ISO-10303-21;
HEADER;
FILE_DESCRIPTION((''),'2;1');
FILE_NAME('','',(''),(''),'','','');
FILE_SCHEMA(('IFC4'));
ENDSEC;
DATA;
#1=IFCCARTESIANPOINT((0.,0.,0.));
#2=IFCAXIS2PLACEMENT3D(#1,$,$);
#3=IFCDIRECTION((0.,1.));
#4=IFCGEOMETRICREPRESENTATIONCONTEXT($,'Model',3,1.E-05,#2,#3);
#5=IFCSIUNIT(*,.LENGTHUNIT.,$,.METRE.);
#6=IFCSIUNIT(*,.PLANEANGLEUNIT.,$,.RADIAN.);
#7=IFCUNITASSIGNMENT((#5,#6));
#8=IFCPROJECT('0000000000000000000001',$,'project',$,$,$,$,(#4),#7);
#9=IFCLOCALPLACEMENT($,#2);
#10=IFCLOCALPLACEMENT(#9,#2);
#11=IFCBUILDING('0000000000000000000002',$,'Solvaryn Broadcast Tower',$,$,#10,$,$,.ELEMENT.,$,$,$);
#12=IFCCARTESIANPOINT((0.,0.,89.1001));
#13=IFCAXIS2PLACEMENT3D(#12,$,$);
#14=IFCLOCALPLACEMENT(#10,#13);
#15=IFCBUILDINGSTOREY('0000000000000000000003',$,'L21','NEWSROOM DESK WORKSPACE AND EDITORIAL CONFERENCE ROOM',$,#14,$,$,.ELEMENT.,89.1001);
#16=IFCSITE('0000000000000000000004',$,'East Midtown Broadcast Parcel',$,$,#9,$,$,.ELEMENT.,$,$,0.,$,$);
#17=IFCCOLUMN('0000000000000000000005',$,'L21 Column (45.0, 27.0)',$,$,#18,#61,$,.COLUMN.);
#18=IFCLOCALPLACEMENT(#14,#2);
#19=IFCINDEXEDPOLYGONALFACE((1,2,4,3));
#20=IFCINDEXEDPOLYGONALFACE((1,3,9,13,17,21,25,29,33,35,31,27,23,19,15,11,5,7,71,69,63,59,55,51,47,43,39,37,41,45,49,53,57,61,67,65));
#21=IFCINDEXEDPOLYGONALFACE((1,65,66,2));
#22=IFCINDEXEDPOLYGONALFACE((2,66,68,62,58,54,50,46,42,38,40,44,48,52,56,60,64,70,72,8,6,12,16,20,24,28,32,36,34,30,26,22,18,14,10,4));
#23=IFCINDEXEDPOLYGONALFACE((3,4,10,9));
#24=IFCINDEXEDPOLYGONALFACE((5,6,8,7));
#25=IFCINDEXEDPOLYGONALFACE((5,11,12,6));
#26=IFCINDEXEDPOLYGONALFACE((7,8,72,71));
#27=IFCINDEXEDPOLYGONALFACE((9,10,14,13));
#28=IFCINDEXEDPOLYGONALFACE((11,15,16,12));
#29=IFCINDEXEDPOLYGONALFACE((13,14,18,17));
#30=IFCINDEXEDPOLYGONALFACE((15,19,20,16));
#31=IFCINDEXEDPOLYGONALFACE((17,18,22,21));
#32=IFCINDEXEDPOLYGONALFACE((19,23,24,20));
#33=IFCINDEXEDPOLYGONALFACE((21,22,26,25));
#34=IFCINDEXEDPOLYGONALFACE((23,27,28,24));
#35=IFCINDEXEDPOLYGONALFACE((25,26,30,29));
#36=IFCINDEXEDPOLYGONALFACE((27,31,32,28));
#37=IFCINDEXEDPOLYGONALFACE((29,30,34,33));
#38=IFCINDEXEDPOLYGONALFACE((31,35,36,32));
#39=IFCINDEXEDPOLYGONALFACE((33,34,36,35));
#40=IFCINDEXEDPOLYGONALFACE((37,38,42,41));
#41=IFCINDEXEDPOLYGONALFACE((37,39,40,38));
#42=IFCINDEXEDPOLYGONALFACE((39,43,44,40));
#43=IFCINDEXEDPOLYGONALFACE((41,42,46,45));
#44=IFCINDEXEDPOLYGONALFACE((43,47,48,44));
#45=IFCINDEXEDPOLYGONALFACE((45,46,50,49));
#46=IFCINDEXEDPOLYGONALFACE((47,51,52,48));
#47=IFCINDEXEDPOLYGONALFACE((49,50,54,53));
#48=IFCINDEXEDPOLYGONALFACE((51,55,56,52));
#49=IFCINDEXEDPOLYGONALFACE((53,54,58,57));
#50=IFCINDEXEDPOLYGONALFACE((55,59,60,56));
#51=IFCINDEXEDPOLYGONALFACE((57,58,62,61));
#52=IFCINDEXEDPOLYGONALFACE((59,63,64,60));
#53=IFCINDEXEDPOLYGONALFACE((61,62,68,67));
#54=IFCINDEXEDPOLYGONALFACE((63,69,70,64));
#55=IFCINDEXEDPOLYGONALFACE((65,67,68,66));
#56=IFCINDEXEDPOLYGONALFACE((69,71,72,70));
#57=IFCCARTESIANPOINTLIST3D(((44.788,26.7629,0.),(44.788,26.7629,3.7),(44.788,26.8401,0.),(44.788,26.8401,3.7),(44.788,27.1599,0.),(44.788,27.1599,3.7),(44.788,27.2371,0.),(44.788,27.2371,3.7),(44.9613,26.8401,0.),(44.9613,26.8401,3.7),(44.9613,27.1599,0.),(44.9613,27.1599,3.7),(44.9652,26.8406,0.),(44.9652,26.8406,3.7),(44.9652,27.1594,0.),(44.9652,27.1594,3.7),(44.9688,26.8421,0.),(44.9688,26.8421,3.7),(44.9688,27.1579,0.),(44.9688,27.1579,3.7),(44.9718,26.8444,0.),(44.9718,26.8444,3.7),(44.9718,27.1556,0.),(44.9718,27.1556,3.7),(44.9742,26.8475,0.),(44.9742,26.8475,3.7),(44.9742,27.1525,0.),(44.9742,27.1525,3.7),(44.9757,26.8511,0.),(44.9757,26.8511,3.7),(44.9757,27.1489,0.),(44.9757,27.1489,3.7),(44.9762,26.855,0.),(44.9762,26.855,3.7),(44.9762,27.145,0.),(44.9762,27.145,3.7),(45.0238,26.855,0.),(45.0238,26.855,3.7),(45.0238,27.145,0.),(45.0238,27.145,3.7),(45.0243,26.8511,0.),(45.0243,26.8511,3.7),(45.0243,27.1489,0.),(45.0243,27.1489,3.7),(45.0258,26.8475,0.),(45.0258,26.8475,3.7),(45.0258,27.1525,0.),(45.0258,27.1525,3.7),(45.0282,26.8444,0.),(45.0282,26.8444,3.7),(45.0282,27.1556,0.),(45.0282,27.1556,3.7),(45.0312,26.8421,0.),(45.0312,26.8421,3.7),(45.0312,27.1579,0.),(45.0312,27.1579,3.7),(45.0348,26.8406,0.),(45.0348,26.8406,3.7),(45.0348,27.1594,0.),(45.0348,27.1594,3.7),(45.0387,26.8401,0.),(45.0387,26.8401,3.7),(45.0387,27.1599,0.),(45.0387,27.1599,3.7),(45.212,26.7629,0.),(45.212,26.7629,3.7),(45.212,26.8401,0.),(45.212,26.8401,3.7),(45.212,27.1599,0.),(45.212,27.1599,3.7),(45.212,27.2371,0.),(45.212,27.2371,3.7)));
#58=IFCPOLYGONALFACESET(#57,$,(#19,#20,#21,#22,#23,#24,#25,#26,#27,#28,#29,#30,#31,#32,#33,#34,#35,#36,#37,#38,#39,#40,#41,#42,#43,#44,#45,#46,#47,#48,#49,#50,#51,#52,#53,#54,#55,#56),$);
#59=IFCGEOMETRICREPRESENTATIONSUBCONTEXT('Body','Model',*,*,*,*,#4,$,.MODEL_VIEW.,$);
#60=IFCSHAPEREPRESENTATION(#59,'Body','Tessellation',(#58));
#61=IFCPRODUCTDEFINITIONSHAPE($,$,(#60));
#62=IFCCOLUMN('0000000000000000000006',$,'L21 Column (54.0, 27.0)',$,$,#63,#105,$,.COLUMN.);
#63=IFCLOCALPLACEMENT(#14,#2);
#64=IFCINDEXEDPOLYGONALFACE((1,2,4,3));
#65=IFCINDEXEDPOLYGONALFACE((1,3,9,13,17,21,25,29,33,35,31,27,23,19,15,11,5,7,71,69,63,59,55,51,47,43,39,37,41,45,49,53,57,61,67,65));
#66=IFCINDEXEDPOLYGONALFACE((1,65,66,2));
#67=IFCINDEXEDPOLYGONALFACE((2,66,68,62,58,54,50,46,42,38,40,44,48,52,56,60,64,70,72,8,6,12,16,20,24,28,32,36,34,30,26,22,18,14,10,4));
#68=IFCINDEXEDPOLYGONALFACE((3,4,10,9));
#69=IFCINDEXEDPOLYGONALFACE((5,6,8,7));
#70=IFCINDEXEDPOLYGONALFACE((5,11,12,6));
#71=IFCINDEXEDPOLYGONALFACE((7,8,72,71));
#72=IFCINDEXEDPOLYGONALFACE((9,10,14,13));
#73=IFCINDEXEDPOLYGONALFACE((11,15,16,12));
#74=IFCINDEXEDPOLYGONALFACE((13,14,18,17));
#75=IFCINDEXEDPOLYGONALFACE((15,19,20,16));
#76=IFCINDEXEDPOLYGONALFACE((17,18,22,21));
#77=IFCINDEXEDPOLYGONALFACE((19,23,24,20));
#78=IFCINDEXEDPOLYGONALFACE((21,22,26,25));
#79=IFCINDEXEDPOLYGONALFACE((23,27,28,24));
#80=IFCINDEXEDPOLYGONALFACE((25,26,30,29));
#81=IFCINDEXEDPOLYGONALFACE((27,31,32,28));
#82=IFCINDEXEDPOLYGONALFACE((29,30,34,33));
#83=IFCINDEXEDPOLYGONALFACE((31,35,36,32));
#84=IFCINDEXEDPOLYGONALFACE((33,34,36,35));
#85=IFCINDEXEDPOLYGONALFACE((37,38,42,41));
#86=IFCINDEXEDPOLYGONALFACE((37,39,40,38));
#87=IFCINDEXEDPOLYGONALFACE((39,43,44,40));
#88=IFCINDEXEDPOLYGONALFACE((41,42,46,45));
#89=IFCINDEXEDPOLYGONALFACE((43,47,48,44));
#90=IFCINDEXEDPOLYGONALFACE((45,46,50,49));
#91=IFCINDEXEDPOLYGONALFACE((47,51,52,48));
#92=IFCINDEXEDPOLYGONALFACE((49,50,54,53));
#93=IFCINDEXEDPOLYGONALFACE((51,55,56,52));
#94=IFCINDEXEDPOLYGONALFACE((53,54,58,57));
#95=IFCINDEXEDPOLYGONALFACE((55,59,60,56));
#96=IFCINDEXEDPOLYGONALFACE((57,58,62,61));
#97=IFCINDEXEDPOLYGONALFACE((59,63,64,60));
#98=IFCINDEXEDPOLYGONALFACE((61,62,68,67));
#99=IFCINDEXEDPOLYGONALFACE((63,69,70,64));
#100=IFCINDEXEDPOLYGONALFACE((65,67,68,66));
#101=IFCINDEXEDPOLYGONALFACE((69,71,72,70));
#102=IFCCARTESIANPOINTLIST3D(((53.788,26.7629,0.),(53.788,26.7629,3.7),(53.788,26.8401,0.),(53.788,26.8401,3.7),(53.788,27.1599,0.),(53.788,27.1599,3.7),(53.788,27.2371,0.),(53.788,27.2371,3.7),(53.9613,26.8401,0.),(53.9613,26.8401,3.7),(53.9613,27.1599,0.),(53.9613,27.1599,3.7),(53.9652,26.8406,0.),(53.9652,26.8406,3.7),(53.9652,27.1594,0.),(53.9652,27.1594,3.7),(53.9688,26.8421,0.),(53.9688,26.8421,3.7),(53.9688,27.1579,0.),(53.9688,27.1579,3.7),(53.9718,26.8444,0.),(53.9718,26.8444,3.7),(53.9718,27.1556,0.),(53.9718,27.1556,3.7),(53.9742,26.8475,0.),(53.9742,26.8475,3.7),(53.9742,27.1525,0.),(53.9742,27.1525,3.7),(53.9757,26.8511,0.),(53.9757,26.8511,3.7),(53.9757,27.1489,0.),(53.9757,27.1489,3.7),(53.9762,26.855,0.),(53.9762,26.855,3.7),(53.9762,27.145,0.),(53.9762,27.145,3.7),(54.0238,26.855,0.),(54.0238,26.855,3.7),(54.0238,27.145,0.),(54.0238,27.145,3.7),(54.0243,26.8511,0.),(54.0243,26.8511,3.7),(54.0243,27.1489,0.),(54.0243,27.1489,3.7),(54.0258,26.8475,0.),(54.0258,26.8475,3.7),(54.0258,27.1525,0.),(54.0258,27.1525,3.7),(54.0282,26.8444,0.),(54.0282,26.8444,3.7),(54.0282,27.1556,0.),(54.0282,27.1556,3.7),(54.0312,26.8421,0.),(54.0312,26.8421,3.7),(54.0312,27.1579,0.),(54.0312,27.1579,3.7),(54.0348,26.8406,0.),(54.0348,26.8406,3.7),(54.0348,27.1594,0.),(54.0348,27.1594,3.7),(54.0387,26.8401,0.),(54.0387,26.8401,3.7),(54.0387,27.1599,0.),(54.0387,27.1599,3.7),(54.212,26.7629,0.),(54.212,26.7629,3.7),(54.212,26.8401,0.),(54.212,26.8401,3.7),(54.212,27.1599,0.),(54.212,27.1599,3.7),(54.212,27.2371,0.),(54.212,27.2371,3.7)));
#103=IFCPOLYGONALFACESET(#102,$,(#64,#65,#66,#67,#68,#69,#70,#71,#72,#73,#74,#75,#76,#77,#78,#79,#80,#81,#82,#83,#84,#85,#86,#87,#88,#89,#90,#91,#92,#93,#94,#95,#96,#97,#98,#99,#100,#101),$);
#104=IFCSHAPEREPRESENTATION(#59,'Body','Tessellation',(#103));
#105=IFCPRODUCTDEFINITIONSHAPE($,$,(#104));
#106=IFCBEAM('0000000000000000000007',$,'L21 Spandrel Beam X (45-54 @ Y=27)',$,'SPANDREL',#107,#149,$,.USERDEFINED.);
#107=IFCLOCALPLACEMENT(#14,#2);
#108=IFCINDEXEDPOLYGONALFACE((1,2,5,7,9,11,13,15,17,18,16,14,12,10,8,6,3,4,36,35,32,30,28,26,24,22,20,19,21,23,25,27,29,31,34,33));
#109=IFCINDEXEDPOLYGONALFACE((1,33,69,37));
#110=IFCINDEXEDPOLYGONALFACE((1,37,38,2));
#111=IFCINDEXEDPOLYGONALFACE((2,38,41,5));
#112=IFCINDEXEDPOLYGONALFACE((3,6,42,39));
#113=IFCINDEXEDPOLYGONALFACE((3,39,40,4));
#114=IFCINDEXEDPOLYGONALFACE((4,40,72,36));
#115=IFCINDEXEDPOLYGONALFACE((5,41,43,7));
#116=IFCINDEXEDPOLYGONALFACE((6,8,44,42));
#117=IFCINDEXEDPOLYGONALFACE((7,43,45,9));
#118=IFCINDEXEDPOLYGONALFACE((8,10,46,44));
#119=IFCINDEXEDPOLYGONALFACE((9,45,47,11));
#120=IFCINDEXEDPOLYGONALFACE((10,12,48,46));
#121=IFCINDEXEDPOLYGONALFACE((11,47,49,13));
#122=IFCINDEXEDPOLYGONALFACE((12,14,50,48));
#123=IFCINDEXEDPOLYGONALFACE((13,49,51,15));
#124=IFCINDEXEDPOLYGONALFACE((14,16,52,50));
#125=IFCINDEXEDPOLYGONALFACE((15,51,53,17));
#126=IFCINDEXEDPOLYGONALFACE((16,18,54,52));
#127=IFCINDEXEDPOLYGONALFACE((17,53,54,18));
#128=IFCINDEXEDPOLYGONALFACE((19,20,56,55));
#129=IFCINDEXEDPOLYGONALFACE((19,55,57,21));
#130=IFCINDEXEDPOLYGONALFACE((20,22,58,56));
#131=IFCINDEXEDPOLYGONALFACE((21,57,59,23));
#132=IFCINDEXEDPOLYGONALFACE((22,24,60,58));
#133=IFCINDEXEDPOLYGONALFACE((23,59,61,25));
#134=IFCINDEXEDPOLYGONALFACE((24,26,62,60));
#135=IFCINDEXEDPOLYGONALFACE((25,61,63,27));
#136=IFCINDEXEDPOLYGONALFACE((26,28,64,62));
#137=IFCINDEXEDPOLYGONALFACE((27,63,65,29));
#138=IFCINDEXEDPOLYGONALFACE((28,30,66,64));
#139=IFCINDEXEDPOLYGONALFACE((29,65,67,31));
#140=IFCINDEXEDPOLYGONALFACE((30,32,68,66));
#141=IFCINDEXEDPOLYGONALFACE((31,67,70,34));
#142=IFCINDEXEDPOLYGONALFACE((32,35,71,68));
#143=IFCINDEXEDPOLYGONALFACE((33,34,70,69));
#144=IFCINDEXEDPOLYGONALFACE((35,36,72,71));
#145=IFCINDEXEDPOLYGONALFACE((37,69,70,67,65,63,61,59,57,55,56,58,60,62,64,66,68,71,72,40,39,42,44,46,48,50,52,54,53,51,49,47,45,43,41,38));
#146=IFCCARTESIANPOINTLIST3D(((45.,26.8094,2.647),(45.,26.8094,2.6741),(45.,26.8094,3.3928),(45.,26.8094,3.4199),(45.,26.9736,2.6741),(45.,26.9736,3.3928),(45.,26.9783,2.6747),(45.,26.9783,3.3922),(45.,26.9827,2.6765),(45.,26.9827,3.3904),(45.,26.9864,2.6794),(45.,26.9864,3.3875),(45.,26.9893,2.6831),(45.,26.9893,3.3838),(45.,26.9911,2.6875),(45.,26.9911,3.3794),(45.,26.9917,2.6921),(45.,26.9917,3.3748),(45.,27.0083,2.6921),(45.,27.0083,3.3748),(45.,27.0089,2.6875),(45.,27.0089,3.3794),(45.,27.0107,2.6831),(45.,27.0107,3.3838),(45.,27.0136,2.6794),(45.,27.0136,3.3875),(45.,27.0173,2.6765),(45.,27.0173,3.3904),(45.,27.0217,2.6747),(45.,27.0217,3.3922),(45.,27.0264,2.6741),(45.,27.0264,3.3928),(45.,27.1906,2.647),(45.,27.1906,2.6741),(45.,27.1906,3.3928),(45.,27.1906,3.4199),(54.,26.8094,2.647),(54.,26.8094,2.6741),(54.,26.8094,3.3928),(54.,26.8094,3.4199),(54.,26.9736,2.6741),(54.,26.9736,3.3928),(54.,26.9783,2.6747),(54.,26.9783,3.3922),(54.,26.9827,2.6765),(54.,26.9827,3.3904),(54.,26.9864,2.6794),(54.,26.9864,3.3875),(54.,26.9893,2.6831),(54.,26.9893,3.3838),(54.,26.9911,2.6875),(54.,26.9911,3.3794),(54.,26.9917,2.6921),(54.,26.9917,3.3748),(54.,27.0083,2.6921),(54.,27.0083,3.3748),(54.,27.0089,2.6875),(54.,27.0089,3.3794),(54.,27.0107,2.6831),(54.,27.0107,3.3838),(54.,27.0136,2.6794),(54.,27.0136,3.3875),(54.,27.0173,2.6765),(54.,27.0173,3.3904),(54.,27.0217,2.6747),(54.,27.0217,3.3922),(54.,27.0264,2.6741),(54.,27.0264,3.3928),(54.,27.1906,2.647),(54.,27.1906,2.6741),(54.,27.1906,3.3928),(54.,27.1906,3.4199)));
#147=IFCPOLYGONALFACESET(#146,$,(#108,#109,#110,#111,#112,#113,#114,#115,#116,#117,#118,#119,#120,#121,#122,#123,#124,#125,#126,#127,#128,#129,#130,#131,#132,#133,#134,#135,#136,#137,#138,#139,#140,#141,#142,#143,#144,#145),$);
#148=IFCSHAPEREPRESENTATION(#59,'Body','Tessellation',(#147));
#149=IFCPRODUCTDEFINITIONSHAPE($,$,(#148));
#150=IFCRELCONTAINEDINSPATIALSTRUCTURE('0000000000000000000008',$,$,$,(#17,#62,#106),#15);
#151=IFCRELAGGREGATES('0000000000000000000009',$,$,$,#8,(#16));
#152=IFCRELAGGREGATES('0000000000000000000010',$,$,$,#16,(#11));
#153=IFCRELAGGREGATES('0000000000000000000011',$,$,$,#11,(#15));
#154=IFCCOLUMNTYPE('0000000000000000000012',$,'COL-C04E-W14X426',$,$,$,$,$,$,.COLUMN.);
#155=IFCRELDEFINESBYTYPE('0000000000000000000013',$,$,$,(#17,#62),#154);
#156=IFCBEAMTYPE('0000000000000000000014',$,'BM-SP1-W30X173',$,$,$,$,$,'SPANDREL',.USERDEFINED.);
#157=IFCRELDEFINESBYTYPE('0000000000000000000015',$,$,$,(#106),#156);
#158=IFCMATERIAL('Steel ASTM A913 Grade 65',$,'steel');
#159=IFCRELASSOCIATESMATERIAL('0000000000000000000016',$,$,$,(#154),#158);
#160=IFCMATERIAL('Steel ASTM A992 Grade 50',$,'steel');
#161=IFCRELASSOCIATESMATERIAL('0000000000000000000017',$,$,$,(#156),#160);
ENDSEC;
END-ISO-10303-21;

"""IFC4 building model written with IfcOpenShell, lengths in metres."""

from ifc_helpers import new_model, si_unit, direction, frame, origin, origin_2d, place, context, subcontext, project, spatial, i_section, extrude, material, material_profile, profile_set, type_object, element, save


model = new_model("IFC4")

# Units and contexts
model_context = context("Model", 3, precision=1e-05, world=origin(), true_north=direction((0.0, 1.0)))
body_context = subcontext(model_context, "Body", "Model", "MODEL_VIEW")
ifc_project = project(units=[si_unit("LENGTHUNIT", "METRE"), si_unit("PLANEANGLEUNIT", "RADIAN")], contexts=[model_context])

# Site, building, storey
site_placement = place(None, origin())
site = spatial("IfcSite", under=ifc_project, at=site_placement, Name="East Midtown Broadcast Parcel", CompositionType="ELEMENT", RefElevation=0.0)
building_placement = place(site_placement, origin())
building = spatial("IfcBuilding", under=site, at=building_placement, Name="Solvaryn Broadcast Tower", CompositionType="ELEMENT")
storey_placement = place(building_placement, frame((0.0, 0.0, 89.1001)))
storey = spatial("IfcBuildingStorey", under=building, at=storey_placement, Name="L21", Description="NEWSROOM DESK WORKSPACE AND EDITORIAL CONFERENCE ROOM", CompositionType="ELEMENT", Elevation=89.1001)

# Columns
ifc_material_1 = material(Name="Steel ASTM A913 Grade 65", Category="steel")
ifc_material_profile_1 = material_profile(ifc_material_1, i_section(OverallWidth=0.4241, OverallDepth=0.4741, WebThickness=0.0476, FlangeThickness=0.0771, FilletRadius=0.0149, at=origin_2d()))
ifc_profile_set_1 = profile_set([ifc_material_profile_1], Name="Steel ASTM A913 Grade 65")
column_type = type_object("IfcColumnType", Name="COL-C04E-W14X426", PredefinedType="COLUMN", material=ifc_profile_set_1)
for number, where, z_axis, x_axis, name in (
    (1, (45.0, 27.0, 0.0), (0.0, 0.0, 1.0), (1.0, 0.0, 0.0), "L21 Column (45.0, 27.0)"),
    (2, (54.0, 27.0, 0.0), (0.0, 0.0, 1.0), (1.0, 0.0, 0.0), "L21 Column (54.0, 27.0)"),
):
    element("IfcColumn", number, at=place(storey_placement, frame(where, z_axis=z_axis, x_axis=x_axis)), inside=storey, type_object=column_type, Name=name, PredefinedType="COLUMN", context=body_context, shape_type="SweptSolid", body=[
        extrude(i_section(OverallWidth=0.4241, OverallDepth=0.4741, WebThickness=0.0476, FlangeThickness=0.0771, FilletRadius=0.0149, at=origin_2d()), origin(), (0.0, 0.0, 1.0), 3.7),
    ])

# Beam
ifc_material_2 = material(Name="Steel ASTM A992 Grade 50", Category="steel")
ifc_material_profile_2 = material_profile(ifc_material_2, i_section(OverallWidth=0.3811, OverallDepth=0.7729, WebThickness=0.0166, FlangeThickness=0.0271, FilletRadius=0.0181, at=origin_2d()))
ifc_profile_set_2 = profile_set([ifc_material_profile_2], Name="Steel ASTM A992 Grade 50")
beam_type = type_object("IfcBeamType", Name="BM-SP1-W30X173", ElementType="SPANDREL", PredefinedType="USERDEFINED", material=ifc_profile_set_2)
beam_placement = place(storey_placement, frame((45.0, 27.0, 3.0334), z_axis=(1.0, 0.0, 0.0), x_axis=(0.0, 1.0, 0.0)))
element("IfcBeam", 3, at=beam_placement, inside=storey, type_object=beam_type, Name="L21 Spandrel Beam X (45-54 @ Y=27)", ObjectType="SPANDREL", PredefinedType="USERDEFINED", context=body_context, shape_type="SweptSolid", body=[
    extrude(i_section(OverallWidth=0.3811, OverallDepth=0.7729, WebThickness=0.0166, FlangeThickness=0.0271, FilletRadius=0.0181, at=origin_2d()), origin(), (0.0, 0.0, 1.0), 9.0),
])

save(model, "model.ifc")
